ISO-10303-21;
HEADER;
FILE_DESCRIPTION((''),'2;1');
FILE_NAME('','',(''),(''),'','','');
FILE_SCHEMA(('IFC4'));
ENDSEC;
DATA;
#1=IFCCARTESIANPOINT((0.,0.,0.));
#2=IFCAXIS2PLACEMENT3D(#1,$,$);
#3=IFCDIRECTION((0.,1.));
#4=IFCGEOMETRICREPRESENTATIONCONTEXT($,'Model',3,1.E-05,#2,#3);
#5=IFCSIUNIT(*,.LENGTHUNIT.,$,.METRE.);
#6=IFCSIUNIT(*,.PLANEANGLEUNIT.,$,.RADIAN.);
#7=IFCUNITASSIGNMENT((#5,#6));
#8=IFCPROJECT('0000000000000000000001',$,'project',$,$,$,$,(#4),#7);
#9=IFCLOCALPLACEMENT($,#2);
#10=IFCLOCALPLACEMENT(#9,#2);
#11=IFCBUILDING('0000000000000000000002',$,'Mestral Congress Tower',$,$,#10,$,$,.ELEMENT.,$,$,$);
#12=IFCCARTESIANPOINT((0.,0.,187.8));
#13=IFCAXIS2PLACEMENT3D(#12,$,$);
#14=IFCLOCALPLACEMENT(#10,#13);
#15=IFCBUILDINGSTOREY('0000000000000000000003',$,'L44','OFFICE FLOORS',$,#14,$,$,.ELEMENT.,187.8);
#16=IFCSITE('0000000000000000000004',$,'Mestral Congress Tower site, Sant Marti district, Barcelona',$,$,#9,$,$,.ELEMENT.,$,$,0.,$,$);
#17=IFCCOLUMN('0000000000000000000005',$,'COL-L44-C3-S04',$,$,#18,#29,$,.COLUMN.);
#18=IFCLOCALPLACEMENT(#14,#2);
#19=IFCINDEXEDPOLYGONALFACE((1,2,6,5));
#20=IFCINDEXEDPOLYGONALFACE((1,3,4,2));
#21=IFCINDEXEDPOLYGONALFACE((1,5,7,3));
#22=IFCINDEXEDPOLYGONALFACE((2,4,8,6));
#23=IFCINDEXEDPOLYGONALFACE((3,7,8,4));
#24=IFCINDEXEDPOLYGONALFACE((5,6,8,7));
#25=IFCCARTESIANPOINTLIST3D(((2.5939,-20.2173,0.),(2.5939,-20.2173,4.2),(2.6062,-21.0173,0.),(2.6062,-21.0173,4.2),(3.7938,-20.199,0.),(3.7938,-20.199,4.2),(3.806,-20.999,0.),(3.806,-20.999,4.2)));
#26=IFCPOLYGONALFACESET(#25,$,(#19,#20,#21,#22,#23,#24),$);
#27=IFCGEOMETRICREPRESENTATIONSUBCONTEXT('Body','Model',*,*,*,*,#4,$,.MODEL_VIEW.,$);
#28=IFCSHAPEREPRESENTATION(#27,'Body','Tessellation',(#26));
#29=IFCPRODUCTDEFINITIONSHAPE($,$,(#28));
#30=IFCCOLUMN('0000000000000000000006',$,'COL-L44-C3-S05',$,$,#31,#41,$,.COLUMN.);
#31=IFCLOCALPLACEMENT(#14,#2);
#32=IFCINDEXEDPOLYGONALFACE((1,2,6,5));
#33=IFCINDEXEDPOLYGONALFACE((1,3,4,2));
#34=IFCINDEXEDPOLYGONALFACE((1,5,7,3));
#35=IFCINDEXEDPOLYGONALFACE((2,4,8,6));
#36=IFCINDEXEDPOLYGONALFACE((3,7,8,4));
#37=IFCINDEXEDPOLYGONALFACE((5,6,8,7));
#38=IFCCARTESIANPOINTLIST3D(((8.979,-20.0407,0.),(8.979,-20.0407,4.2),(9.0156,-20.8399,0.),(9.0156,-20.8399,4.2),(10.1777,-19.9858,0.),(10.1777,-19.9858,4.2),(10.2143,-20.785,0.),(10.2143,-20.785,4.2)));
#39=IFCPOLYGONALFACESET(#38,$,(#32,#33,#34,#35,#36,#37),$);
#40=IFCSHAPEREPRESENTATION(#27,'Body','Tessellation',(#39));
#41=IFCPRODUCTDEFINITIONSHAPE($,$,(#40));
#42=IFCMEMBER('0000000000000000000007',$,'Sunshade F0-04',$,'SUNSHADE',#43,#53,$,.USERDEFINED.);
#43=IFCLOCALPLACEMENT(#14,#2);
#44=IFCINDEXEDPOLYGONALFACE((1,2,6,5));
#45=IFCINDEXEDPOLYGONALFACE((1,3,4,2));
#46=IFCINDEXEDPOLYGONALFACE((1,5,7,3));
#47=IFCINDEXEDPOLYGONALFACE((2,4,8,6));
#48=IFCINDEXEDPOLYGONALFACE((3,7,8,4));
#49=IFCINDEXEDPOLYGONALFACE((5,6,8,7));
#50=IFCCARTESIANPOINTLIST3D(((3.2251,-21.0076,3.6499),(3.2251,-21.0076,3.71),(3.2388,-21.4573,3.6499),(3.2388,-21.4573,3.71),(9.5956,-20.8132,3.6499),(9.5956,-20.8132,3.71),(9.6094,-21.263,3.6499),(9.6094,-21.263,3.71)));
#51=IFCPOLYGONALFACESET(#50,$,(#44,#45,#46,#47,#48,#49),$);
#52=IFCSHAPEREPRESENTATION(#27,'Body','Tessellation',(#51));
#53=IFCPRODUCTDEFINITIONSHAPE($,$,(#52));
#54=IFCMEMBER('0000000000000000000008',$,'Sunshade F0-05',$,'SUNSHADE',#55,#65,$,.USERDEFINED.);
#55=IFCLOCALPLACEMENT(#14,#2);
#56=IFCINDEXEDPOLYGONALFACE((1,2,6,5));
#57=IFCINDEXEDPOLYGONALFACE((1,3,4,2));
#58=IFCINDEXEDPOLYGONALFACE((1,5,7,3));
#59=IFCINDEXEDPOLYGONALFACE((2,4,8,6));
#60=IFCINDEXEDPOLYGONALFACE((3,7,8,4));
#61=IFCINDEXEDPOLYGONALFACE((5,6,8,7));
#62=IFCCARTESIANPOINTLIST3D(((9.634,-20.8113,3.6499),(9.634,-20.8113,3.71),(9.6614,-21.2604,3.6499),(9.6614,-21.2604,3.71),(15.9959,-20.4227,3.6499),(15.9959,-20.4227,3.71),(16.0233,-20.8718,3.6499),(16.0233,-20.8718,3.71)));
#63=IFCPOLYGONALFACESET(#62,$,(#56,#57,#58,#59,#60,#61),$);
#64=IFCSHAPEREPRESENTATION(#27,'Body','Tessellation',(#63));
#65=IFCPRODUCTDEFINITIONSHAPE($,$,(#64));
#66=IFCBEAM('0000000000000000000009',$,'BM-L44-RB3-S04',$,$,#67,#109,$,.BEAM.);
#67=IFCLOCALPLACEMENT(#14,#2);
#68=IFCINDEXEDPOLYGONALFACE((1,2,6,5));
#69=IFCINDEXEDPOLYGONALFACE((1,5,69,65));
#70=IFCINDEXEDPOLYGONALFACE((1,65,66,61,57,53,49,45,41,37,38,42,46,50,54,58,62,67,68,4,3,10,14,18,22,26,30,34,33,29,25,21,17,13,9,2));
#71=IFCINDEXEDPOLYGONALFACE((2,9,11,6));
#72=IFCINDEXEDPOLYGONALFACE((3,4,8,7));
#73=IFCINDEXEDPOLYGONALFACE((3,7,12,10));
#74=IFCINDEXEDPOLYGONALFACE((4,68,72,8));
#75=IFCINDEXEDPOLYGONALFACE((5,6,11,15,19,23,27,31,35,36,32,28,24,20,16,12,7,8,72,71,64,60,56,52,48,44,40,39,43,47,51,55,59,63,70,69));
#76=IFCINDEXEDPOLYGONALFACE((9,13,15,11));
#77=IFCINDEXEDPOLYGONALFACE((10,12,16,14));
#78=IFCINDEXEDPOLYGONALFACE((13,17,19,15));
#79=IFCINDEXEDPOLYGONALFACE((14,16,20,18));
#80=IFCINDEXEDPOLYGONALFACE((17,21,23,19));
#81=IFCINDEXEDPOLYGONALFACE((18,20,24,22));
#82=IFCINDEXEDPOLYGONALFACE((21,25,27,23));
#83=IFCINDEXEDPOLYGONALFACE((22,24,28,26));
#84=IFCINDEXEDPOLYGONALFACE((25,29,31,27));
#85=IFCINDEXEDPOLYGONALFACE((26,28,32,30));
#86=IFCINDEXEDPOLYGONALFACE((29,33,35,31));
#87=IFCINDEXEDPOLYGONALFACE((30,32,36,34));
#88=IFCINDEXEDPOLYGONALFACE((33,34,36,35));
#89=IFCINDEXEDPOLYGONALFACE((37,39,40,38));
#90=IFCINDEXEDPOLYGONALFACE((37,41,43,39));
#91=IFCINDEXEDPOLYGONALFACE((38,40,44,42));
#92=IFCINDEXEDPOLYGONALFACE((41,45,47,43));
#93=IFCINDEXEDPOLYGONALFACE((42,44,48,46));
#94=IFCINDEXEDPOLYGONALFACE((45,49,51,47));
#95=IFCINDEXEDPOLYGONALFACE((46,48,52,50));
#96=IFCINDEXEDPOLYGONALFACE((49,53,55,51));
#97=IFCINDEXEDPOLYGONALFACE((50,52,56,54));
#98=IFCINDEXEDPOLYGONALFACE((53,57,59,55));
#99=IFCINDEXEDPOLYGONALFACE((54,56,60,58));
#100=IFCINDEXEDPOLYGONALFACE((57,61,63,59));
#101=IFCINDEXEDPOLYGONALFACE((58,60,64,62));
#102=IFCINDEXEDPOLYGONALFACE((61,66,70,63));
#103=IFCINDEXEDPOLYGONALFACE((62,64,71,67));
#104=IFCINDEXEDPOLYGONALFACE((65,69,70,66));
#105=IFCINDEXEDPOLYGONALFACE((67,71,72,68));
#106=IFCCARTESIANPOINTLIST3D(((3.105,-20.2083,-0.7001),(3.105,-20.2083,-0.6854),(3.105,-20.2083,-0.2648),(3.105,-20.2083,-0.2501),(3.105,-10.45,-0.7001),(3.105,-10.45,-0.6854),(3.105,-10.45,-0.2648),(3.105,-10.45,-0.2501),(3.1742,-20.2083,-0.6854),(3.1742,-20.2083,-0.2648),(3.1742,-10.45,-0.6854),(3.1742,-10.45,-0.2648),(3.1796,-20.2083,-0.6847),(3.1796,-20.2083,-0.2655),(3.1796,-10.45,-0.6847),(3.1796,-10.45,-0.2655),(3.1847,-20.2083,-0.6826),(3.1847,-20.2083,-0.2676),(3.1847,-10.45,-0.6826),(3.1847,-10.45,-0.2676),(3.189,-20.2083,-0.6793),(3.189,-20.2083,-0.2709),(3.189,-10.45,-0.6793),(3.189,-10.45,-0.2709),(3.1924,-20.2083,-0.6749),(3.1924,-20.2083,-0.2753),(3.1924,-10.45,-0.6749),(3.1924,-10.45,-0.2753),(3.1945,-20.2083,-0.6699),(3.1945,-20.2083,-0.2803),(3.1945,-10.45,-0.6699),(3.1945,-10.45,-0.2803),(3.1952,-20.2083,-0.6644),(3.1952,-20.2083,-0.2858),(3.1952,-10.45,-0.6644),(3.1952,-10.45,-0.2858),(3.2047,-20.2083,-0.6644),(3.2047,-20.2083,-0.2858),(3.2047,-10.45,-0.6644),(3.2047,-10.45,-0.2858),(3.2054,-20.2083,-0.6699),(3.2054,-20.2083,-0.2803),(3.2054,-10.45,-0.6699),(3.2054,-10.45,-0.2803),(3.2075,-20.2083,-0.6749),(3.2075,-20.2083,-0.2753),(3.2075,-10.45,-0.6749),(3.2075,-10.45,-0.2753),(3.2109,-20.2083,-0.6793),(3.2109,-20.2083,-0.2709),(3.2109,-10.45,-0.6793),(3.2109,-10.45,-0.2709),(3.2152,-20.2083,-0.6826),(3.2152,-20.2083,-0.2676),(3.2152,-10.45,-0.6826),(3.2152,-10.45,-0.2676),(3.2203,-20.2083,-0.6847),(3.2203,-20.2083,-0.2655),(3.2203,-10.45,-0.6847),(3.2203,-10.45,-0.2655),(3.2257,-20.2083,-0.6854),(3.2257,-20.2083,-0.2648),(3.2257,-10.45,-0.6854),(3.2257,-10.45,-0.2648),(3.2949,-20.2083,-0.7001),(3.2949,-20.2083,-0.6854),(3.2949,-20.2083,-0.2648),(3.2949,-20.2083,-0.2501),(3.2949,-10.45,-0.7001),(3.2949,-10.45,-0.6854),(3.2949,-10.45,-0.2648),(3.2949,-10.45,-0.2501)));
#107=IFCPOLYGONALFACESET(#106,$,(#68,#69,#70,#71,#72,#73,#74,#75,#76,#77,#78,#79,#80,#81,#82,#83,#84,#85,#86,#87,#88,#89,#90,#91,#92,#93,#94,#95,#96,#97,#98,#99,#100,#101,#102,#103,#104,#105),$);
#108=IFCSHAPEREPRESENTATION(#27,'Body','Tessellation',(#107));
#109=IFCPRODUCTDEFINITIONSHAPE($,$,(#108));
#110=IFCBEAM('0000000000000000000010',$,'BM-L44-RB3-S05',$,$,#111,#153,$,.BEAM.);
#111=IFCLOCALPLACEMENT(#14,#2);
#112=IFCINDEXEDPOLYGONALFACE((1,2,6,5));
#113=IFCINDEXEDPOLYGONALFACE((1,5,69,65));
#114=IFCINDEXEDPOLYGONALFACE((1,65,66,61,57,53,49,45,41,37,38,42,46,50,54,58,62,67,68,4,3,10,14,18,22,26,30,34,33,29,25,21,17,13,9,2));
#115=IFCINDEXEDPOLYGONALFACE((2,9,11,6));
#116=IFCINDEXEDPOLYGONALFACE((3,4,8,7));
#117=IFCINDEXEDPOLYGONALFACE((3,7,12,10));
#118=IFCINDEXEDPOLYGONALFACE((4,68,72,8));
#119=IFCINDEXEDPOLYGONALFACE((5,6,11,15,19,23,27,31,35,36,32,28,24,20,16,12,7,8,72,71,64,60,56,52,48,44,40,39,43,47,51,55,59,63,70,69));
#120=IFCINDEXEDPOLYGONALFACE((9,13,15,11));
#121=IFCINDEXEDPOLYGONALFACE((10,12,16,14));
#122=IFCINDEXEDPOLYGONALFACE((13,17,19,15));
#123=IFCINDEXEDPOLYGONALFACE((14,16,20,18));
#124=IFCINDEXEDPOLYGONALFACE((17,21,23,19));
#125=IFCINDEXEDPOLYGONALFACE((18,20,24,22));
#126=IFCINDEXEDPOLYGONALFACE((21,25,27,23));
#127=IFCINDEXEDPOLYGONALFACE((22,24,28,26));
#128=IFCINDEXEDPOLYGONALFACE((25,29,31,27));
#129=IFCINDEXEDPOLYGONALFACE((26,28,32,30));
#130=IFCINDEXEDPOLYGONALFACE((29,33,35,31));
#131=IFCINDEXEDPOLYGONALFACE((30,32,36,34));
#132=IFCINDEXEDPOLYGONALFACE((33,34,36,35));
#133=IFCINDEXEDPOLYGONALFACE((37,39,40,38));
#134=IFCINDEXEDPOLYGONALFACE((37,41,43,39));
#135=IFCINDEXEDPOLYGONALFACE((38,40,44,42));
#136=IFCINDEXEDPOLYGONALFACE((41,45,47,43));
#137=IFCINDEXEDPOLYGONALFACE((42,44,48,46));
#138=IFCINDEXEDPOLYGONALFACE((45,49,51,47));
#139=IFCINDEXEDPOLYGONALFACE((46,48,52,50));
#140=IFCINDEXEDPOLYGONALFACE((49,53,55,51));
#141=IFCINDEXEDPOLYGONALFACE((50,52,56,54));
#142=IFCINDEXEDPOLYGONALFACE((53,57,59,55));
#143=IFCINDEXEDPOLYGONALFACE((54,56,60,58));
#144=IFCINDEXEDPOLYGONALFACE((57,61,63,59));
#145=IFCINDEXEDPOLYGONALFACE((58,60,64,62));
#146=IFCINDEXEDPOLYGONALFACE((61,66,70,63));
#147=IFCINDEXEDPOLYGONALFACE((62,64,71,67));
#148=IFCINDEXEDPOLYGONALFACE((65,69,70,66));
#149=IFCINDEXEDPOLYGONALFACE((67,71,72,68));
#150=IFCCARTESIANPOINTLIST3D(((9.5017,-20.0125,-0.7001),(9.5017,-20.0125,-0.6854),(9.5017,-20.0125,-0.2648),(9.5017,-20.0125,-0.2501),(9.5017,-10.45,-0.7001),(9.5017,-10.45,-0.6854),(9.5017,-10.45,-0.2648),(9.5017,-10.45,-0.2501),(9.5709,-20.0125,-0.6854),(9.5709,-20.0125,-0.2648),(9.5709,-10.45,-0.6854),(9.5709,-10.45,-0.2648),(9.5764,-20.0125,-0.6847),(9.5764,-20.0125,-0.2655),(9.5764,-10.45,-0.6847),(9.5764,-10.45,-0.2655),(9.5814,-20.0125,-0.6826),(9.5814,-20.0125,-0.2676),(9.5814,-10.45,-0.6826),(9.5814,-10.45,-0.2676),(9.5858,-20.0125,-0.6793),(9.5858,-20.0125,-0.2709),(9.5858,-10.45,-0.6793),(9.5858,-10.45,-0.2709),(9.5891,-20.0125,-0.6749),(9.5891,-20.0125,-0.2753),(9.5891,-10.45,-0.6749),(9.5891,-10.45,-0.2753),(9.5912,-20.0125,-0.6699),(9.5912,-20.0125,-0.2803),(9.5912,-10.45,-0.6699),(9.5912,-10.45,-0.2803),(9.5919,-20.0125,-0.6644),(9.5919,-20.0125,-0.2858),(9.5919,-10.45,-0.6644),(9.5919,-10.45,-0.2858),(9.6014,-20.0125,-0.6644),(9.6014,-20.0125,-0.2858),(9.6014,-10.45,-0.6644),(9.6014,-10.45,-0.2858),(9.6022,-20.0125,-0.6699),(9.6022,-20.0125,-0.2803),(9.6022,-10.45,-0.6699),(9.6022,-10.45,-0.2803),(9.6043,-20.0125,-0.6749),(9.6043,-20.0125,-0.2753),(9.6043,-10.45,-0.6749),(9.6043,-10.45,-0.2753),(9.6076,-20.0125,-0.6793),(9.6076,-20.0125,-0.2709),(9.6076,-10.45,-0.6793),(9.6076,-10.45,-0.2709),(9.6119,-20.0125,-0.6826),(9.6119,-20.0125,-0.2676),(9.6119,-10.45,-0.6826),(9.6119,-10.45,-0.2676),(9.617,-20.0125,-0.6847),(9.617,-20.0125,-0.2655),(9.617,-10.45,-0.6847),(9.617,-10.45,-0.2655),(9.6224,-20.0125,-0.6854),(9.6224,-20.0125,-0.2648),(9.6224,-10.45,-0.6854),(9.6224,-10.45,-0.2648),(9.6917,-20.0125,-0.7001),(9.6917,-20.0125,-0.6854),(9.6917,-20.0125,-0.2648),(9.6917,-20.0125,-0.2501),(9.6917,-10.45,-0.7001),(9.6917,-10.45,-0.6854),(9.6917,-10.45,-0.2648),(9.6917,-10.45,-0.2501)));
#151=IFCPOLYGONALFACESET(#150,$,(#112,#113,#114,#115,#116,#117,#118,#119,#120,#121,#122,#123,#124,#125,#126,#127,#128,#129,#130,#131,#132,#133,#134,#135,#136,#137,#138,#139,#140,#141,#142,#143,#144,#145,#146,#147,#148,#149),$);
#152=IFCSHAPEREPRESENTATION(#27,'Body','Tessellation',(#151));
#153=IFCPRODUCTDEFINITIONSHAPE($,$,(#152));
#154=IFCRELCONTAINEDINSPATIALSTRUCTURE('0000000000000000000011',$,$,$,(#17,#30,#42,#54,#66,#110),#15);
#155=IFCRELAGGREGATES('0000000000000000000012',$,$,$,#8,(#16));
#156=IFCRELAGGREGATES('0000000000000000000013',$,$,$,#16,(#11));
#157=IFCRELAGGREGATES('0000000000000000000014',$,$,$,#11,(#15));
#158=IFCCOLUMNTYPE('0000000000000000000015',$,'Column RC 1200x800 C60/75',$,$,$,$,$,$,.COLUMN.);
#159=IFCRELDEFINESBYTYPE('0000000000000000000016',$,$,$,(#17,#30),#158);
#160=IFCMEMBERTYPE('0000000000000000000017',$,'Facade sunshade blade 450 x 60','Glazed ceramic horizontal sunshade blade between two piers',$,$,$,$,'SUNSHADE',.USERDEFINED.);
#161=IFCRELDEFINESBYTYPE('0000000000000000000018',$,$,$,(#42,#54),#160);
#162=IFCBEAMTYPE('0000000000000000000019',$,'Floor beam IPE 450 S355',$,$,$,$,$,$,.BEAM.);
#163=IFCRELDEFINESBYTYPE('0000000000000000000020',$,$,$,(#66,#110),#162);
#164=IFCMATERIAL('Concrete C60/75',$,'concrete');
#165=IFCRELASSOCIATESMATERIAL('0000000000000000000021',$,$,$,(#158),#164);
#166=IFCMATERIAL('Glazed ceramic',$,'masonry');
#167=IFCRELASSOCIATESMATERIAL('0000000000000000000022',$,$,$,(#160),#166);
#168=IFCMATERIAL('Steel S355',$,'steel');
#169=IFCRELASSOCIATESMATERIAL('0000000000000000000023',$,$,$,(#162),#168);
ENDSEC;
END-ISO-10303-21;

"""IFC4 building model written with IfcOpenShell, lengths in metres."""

from ifc_helpers import new_model, si_unit, direction, frame, origin, origin_2d, place, context, subcontext, project, spatial, rectangle, i_section, extrude, material, material_profile, profile_set, type_object, element, save


model = new_model("IFC4")

# Units and contexts
model_context = context("Model", 3, precision=1e-05, world=origin(), true_north=direction((0.0, 1.0)))
body_context = subcontext(model_context, "Body", "Model", "MODEL_VIEW")
ifc_project = project(units=[si_unit("LENGTHUNIT", "METRE"), si_unit("PLANEANGLEUNIT", "RADIAN")], contexts=[model_context])

# Site, building, storey
site_placement = place(None, origin())
site = spatial("IfcSite", under=ifc_project, at=site_placement, Name="Mestral Congress Tower site, Sant Marti district, Barcelona", CompositionType="ELEMENT", RefElevation=0.0)
building_placement = place(site_placement, origin())
building = spatial("IfcBuilding", under=site, at=building_placement, Name="Mestral Congress Tower", CompositionType="ELEMENT")
storey_placement = place(building_placement, frame((0.0, 0.0, 187.8)))
storey = spatial("IfcBuildingStorey", under=building, at=storey_placement, Name="L44", Description="OFFICE FLOORS", CompositionType="ELEMENT", Elevation=187.8)

# Columns
ifc_material_1 = material(Name="Concrete C60/75", Category="concrete")
ifc_material_profile_1 = material_profile(ifc_material_1, rectangle(XDim=1.2, YDim=0.8, at=origin_2d()), Name="RC 1200x800")
ifc_profile_set_1 = profile_set([ifc_material_profile_1], Name="Concrete C60/75")
column_type = type_object("IfcColumnType", Name="Column RC 1200x800 C60/75", PredefinedType="COLUMN", material=ifc_profile_set_1)
for number, where, z_axis, x_axis, name in (
    (1, (3.2, -20.6082, 0.0), (0.0, 0.0, 1.0), (0.999884, 0.015262, 0.0), "COL-L44-C3-S04"),
    (2, (9.5967, -20.4128, 0.0), (0.0, 0.0, 1.0), (0.998952, 0.045771, 0.0), "COL-L44-C3-S05"),
):
    element("IfcColumn", number, at=place(storey_placement, frame(where, z_axis=z_axis, x_axis=x_axis)), inside=storey, type_object=column_type, Name=name, PredefinedType="COLUMN", context=body_context, shape_type="SweptSolid", body=[
        extrude(rectangle(XDim=1.2, YDim=0.8, at=origin_2d()), origin(), (0.0, 0.0, 1.0), 4.2),
    ])

# Members
ifc_material_2 = material(Name="Glazed ceramic", Category="masonry")
ifc_material_profile_2 = material_profile(ifc_material_2, rectangle(XDim=0.45, YDim=0.0601, at=origin_2d()), Name="Ceramic blade 450 x 60")
ifc_profile_set_2 = profile_set([ifc_material_profile_2], Name="Glazed ceramic")
member_type = type_object("IfcMemberType", Name="Facade sunshade blade 450 x 60", Description="Glazed ceramic horizontal sunshade blade between two piers", ElementType="SUNSHADE", PredefinedType="USERDEFINED", material=ifc_profile_set_2)
member_1_placement = place(storey_placement, frame((3.2319, -21.2324, 3.6799), z_axis=(0.999535, 0.030491, 0.0), x_axis=(-0.030491, 0.999535, 0.0)))
element("IfcMember", 3, at=member_1_placement, inside=storey, type_object=member_type, Name="Sunshade F0-04", ObjectType="SUNSHADE", PredefinedType="USERDEFINED", context=body_context, shape_type="SweptSolid", body=[
    extrude(rectangle(XDim=0.45, YDim=0.0601, at=origin_2d()), origin(), (0.0, 0.0, 1.0), 6.3735),
])
member_2_placement = place(storey_placement, frame((9.6477, -21.0359, 3.6799), z_axis=(0.998139, 0.060981, 0.0), x_axis=(-0.060981, 0.998139, 0.0)))
element("IfcMember", 4, at=member_2_placement, inside=storey, type_object=member_type, Name="Sunshade F0-05", ObjectType="SUNSHADE", PredefinedType="USERDEFINED", context=body_context, shape_type="SweptSolid", body=[
    extrude(rectangle(XDim=0.45, YDim=0.0601, at=origin_2d()), origin(), (0.0, 0.0, 1.0), 6.3738),
])

# Beams
ifc_material_3 = material(Name="Steel S355", Category="steel")
ifc_material_profile_3 = material_profile(ifc_material_3, i_section(OverallWidth=0.1899, OverallDepth=0.45, WebThickness=0.0095, FlangeThickness=0.0146, FilletRadius=0.021, at=origin_2d()), Name="IPE 450")
ifc_profile_set_3 = profile_set([ifc_material_profile_3], Name="Steel S355")
beam_type_1 = type_object("IfcBeamType", Name="Floor beam IPE 450 S355", PredefinedType="BEAM", material=ifc_profile_set_3)
beam_1_placement = place(storey_placement, frame((3.2, -20.2083, -0.4751), z_axis=(0.0, 1.0, 0.0), x_axis=(-1.0, 0.0, 0.0)))
element("IfcBeam", 5, at=beam_1_placement, inside=storey, type_object=beam_type_1, Name="BM-L44-RB3-S04", PredefinedType="BEAM", context=body_context, shape_type="SweptSolid", body=[
    extrude(i_section(OverallWidth=0.1899, OverallDepth=0.45, WebThickness=0.0095, FlangeThickness=0.0146, FilletRadius=0.021, at=origin_2d()), origin(), (0.0, 0.0, 1.0), 9.7583),
])
beam_2_placement = place(storey_placement, frame((9.5967, -20.0125, -0.4751), z_axis=(0.0, 1.0, 0.0), x_axis=(-1.0, 0.0, 0.0)))
element("IfcBeam", 6, at=beam_2_placement, inside=storey, type_object=beam_type_1, Name="BM-L44-RB3-S05", PredefinedType="BEAM", context=body_context, shape_type="SweptSolid", body=[
    extrude(i_section(OverallWidth=0.1899, OverallDepth=0.45, WebThickness=0.0095, FlangeThickness=0.0146, FilletRadius=0.021, at=origin_2d()), origin(), (0.0, 0.0, 1.0), 9.5625),
])

save(model, "model.ifc")
